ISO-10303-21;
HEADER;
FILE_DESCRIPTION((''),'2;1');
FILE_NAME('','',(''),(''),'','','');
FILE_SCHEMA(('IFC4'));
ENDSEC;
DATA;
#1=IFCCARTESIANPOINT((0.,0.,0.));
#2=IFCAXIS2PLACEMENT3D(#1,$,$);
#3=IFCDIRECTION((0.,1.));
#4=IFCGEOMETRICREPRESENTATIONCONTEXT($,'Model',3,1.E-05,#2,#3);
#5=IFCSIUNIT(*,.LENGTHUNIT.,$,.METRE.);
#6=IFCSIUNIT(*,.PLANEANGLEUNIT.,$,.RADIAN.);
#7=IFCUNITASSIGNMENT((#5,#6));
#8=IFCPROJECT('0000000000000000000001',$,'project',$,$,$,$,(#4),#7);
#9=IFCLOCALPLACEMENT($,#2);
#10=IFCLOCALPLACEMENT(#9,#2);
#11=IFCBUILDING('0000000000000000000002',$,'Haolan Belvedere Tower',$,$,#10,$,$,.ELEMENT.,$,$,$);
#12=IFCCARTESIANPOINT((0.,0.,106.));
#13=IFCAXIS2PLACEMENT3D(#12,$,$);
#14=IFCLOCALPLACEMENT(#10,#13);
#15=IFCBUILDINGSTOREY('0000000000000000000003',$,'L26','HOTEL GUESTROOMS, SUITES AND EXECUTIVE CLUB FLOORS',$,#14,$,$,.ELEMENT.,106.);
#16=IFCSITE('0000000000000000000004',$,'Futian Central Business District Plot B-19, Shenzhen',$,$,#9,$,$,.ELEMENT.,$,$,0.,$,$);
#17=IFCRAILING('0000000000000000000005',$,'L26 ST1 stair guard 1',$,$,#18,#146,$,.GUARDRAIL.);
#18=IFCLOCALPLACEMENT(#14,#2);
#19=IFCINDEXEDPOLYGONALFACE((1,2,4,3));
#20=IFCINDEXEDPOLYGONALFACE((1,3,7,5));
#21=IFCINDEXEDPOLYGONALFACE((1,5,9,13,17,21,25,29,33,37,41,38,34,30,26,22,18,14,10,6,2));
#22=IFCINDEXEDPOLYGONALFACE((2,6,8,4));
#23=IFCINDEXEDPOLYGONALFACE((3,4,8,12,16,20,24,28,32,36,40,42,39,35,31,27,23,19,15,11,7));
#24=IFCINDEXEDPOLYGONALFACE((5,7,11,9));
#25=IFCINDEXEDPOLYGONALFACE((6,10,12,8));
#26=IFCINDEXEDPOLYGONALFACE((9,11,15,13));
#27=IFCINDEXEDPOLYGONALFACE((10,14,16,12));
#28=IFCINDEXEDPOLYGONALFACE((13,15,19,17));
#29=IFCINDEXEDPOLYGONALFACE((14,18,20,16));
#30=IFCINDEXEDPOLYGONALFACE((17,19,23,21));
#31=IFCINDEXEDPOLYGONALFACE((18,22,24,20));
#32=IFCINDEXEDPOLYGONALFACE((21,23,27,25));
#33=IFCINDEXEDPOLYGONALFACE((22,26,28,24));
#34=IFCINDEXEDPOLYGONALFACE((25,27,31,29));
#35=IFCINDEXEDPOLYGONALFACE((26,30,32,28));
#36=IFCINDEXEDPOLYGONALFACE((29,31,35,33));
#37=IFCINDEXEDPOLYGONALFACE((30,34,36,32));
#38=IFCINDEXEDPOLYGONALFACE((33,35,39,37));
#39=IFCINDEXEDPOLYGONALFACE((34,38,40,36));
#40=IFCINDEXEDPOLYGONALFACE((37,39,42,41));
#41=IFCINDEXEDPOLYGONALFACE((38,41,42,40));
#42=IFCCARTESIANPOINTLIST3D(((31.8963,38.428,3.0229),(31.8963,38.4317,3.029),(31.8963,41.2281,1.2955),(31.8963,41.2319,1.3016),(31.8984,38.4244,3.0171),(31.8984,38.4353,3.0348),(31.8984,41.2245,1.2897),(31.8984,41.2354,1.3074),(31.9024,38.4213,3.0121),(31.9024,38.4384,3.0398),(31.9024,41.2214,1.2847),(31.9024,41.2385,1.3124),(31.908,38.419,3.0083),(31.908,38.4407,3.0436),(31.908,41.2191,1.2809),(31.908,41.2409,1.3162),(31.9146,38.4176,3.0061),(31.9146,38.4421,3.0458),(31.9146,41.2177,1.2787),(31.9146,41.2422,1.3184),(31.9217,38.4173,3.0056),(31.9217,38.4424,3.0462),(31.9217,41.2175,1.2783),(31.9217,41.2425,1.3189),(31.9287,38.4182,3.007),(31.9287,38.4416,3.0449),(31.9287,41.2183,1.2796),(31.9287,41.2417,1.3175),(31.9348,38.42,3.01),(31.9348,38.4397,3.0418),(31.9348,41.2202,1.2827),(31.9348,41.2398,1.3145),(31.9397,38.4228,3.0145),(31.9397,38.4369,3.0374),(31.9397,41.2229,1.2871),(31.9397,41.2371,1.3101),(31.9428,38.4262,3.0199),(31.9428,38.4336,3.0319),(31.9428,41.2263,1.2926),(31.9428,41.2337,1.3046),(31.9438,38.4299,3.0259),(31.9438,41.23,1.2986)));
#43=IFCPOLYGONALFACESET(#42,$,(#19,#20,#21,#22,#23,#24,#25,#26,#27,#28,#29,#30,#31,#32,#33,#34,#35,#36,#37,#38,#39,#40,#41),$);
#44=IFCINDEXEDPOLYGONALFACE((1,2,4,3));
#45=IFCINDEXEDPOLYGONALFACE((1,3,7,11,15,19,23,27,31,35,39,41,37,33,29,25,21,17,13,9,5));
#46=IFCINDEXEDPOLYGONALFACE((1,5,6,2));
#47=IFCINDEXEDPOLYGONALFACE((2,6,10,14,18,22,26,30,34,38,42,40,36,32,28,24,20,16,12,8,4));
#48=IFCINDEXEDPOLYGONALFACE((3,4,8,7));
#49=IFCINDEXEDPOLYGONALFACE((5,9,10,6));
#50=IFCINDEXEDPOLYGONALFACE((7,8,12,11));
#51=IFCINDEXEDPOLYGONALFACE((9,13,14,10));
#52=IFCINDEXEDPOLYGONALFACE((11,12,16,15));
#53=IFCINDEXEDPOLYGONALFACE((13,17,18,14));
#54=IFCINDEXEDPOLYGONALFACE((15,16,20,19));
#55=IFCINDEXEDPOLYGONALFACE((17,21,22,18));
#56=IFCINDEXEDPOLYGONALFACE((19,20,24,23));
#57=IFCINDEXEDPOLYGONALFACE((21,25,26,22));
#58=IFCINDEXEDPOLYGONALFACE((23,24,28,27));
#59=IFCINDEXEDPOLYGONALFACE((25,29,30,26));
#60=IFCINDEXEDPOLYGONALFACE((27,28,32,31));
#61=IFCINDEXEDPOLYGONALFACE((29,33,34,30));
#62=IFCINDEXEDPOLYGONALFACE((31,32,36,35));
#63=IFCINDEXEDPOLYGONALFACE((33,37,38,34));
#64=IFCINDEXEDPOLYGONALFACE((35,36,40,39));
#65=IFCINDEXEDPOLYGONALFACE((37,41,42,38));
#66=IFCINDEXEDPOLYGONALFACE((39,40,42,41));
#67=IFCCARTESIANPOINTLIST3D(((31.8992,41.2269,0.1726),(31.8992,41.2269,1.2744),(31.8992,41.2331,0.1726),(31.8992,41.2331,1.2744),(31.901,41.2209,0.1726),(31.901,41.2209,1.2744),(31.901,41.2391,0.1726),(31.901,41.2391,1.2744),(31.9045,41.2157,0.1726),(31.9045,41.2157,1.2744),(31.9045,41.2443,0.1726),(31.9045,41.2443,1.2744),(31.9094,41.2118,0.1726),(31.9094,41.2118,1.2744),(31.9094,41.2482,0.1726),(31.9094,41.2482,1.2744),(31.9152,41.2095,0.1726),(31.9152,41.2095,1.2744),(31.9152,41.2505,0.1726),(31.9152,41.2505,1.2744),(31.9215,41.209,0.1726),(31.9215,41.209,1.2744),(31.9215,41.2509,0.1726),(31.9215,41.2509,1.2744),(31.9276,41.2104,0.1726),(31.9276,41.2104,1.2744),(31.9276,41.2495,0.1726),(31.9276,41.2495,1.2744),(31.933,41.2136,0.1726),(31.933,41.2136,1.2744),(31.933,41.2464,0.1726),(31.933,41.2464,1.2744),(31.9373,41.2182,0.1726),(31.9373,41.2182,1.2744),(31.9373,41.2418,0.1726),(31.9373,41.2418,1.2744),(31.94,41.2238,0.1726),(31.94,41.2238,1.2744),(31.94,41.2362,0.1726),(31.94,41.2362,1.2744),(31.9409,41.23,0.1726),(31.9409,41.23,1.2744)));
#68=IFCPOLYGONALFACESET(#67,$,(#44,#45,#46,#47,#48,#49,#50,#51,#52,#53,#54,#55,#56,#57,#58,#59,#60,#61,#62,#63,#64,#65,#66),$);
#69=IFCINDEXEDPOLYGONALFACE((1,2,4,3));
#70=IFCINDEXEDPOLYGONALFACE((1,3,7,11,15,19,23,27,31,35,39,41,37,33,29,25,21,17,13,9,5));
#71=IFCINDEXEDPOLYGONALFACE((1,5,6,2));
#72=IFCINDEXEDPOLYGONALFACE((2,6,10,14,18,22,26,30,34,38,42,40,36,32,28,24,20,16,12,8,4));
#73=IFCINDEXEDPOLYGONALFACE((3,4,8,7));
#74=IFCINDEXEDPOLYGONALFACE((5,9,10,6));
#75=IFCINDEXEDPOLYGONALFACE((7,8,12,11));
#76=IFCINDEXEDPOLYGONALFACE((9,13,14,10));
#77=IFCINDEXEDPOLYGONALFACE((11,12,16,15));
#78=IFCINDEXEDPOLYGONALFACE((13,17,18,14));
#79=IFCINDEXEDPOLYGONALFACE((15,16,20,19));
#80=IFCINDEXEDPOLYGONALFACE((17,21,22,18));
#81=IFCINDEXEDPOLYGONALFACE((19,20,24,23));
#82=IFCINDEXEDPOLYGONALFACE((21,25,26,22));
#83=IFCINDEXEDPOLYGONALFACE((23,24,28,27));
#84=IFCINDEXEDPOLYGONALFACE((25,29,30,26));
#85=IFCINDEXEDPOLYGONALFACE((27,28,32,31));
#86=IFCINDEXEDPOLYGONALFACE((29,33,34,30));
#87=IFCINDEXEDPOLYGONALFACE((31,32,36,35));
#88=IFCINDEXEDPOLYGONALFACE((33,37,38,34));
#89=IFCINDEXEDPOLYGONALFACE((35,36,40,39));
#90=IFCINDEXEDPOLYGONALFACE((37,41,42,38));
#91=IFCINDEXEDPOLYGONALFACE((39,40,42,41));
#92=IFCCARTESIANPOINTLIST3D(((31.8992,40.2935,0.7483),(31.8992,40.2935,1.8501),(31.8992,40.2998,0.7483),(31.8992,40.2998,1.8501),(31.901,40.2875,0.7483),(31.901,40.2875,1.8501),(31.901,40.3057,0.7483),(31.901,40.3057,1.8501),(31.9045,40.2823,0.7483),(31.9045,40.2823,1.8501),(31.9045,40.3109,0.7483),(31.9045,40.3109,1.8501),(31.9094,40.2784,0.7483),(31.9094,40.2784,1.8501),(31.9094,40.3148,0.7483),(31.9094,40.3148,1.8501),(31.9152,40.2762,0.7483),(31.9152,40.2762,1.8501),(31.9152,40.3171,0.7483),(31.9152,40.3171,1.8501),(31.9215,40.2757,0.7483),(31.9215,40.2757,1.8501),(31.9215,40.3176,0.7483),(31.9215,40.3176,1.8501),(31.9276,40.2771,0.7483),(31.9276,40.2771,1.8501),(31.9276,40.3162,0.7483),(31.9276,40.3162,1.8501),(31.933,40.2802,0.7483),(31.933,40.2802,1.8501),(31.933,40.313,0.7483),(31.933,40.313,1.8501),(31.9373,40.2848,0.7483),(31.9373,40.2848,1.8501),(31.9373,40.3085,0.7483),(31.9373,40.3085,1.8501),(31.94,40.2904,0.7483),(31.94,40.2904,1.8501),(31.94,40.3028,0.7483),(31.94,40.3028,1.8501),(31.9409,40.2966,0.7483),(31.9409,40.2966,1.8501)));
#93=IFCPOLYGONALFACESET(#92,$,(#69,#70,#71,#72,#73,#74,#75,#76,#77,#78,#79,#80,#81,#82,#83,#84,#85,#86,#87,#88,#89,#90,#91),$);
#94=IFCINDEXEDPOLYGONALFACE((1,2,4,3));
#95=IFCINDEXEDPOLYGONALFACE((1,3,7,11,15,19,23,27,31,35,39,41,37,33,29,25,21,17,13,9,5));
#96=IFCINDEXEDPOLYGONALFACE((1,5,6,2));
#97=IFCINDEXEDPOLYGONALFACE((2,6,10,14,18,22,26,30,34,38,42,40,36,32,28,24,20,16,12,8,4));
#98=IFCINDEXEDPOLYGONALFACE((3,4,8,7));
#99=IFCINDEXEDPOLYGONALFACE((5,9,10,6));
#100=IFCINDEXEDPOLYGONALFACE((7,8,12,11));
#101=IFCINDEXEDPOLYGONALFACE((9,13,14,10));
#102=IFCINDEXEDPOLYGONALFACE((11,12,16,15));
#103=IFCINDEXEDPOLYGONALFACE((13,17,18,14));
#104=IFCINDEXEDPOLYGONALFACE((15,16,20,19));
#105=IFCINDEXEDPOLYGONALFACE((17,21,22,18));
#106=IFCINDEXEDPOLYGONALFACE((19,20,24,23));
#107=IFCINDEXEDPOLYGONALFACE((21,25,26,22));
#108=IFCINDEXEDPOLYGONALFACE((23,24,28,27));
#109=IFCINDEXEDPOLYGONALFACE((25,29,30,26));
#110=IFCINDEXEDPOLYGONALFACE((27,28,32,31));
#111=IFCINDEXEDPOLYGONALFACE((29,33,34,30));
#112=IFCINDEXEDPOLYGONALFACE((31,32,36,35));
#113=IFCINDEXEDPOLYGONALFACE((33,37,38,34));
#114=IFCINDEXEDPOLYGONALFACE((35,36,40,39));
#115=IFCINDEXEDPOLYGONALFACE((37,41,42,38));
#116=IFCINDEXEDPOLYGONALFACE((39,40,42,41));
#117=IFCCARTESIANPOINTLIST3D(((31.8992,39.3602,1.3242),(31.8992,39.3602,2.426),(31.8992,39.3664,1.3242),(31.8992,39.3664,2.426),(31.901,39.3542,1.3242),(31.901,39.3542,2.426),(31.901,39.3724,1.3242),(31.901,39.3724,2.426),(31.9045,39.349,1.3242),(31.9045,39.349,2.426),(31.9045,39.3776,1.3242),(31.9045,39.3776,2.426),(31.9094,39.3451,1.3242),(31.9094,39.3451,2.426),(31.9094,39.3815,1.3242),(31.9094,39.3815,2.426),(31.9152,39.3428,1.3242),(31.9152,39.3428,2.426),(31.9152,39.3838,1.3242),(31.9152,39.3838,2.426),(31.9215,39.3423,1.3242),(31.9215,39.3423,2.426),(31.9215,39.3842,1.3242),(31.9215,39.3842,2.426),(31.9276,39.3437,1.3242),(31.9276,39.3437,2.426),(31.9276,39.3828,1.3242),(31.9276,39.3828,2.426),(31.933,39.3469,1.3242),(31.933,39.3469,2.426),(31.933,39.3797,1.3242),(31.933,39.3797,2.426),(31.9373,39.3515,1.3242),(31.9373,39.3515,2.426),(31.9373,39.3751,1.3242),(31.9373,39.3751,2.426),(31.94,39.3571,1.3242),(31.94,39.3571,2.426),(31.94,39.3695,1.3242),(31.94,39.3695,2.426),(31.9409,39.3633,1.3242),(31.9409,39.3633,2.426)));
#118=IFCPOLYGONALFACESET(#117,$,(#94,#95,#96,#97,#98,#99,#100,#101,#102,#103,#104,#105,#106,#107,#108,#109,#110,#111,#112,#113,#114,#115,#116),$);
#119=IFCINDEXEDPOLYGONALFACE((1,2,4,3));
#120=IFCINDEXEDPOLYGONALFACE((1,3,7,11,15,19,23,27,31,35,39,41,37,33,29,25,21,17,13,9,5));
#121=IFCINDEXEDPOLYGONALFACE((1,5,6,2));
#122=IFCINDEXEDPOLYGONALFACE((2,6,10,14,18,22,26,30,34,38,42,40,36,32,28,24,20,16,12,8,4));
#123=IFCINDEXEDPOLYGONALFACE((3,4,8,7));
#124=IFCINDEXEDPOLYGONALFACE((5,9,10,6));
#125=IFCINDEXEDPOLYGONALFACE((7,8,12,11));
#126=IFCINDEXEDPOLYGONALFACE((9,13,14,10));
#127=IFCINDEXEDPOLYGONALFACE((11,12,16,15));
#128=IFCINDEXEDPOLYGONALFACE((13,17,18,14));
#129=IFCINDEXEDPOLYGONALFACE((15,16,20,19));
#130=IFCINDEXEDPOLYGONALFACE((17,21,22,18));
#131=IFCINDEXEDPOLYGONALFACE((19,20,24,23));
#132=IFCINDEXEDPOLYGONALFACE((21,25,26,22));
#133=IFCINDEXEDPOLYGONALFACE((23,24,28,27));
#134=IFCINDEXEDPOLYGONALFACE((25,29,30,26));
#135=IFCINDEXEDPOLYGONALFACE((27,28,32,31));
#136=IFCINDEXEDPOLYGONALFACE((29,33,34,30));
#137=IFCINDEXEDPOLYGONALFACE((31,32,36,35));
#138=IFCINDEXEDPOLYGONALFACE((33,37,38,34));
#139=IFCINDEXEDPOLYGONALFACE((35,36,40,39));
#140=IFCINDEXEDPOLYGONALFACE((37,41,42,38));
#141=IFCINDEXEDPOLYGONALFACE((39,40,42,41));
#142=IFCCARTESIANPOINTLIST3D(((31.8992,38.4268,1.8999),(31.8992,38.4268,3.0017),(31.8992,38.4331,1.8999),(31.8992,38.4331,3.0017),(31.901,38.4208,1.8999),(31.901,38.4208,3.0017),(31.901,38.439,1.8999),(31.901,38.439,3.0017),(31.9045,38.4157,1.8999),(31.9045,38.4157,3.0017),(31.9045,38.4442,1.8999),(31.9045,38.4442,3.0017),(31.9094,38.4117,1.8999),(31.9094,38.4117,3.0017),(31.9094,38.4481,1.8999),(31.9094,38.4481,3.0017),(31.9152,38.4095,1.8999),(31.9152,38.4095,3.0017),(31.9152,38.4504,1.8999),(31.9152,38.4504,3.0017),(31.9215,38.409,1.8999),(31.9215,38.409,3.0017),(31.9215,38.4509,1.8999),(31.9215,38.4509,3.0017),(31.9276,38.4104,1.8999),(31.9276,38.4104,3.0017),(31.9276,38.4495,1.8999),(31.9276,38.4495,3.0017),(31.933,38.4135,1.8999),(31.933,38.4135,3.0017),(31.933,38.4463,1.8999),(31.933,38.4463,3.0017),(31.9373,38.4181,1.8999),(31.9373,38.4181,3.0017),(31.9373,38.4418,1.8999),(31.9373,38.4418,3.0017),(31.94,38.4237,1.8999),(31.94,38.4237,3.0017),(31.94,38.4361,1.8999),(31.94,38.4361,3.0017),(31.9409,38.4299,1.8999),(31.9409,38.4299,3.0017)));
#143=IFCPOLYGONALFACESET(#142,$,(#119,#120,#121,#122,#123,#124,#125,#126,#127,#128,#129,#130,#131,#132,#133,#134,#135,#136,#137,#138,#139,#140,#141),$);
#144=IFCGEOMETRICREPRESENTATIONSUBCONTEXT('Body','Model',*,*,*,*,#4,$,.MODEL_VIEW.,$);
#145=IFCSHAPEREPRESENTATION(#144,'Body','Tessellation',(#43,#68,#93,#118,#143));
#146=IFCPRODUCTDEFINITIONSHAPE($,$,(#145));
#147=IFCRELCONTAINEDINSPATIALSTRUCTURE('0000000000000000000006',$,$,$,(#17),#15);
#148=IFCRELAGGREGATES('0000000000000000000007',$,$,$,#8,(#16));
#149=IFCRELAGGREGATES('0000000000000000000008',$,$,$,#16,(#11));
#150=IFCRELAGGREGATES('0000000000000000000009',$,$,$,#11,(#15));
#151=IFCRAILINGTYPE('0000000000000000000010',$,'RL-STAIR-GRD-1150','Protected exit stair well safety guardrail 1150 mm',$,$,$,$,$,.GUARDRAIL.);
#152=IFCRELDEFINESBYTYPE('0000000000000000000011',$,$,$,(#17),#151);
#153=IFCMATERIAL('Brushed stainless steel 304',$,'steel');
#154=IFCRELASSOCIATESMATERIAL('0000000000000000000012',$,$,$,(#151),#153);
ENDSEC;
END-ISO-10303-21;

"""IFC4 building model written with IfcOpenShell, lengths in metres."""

from ifc_helpers import new_model, si_unit, direction, frame, origin, origin_2d, place, context, subcontext, project, spatial, circle, extrude, material, type_object, element, save


model = new_model("IFC4")

# Units and contexts
model_context = context("Model", 3, precision=1e-05, world=origin(), true_north=direction((0.0, 1.0)))
body_context = subcontext(model_context, "Body", "Model", "MODEL_VIEW")
ifc_project = project(units=[si_unit("LENGTHUNIT", "METRE"), si_unit("PLANEANGLEUNIT", "RADIAN")], contexts=[model_context])

# Site, building, storey
site_placement = place(None, origin())
site = spatial("IfcSite", under=ifc_project, at=site_placement, Name="Futian Central Business District Plot B-19, Shenzhen", CompositionType="ELEMENT", RefElevation=0.0)
building_placement = place(site_placement, origin())
building = spatial("IfcBuilding", under=site, at=building_placement, Name="Haolan Belvedere Tower", CompositionType="ELEMENT")
storey_placement = place(building_placement, frame((0.0, 0.0, 106.0)))
storey = spatial("IfcBuildingStorey", under=building, at=storey_placement, Name="L26", Description="HOTEL GUESTROOMS, SUITES AND EXECUTIVE CLUB FLOORS", CompositionType="ELEMENT", Elevation=106.0)

# Railing
ifc_material_1 = material(Name="Brushed stainless steel 304", Category="steel")
railing_type = type_object("IfcRailingType", Name="RL-STAIR-GRD-1150", Description="Protected exit stair well safety guardrail 1150 mm", PredefinedType="GUARDRAIL", material=ifc_material_1)
railing_1_placement = place(storey_placement, frame((31.9199, 41.23, 0.1726)))
element("IfcRailing", 1, at=railing_1_placement, inside=storey, type_object=railing_type, Name="L26 ST1 stair guard 1", PredefinedType="GUARDRAIL", context=body_context, shape_type="SweptSolid", body=[
    extrude(circle(Radius=0.0239, at=origin_2d()), frame((0.0, 0.0, 1.126), z_axis=(0.0, -0.85109, 0.52502), x_axis=(1.0, 0.0, 0.0)), (0.0, 0.0, 1.0), 3.29),
    extrude(circle(Radius=0.021, at=origin_2d()), origin(), (0.0, 0.0, 1.0), 1.1018),
    extrude(circle(Radius=0.021, at=origin_2d()), frame((0.0, -0.9333, 0.5757)), (0.0, 0.0, 1.0), 1.1018),
    extrude(circle(Radius=0.021, at=origin_2d()), frame((0.0, -1.8667, 1.1516)), (0.0, 0.0, 1.0), 1.1018),
    extrude(circle(Radius=0.021, at=origin_2d()), frame((0.0, -2.8, 1.7273)), (0.0, 0.0, 1.0), 1.1018),
])

save(model, "model.ifc")
